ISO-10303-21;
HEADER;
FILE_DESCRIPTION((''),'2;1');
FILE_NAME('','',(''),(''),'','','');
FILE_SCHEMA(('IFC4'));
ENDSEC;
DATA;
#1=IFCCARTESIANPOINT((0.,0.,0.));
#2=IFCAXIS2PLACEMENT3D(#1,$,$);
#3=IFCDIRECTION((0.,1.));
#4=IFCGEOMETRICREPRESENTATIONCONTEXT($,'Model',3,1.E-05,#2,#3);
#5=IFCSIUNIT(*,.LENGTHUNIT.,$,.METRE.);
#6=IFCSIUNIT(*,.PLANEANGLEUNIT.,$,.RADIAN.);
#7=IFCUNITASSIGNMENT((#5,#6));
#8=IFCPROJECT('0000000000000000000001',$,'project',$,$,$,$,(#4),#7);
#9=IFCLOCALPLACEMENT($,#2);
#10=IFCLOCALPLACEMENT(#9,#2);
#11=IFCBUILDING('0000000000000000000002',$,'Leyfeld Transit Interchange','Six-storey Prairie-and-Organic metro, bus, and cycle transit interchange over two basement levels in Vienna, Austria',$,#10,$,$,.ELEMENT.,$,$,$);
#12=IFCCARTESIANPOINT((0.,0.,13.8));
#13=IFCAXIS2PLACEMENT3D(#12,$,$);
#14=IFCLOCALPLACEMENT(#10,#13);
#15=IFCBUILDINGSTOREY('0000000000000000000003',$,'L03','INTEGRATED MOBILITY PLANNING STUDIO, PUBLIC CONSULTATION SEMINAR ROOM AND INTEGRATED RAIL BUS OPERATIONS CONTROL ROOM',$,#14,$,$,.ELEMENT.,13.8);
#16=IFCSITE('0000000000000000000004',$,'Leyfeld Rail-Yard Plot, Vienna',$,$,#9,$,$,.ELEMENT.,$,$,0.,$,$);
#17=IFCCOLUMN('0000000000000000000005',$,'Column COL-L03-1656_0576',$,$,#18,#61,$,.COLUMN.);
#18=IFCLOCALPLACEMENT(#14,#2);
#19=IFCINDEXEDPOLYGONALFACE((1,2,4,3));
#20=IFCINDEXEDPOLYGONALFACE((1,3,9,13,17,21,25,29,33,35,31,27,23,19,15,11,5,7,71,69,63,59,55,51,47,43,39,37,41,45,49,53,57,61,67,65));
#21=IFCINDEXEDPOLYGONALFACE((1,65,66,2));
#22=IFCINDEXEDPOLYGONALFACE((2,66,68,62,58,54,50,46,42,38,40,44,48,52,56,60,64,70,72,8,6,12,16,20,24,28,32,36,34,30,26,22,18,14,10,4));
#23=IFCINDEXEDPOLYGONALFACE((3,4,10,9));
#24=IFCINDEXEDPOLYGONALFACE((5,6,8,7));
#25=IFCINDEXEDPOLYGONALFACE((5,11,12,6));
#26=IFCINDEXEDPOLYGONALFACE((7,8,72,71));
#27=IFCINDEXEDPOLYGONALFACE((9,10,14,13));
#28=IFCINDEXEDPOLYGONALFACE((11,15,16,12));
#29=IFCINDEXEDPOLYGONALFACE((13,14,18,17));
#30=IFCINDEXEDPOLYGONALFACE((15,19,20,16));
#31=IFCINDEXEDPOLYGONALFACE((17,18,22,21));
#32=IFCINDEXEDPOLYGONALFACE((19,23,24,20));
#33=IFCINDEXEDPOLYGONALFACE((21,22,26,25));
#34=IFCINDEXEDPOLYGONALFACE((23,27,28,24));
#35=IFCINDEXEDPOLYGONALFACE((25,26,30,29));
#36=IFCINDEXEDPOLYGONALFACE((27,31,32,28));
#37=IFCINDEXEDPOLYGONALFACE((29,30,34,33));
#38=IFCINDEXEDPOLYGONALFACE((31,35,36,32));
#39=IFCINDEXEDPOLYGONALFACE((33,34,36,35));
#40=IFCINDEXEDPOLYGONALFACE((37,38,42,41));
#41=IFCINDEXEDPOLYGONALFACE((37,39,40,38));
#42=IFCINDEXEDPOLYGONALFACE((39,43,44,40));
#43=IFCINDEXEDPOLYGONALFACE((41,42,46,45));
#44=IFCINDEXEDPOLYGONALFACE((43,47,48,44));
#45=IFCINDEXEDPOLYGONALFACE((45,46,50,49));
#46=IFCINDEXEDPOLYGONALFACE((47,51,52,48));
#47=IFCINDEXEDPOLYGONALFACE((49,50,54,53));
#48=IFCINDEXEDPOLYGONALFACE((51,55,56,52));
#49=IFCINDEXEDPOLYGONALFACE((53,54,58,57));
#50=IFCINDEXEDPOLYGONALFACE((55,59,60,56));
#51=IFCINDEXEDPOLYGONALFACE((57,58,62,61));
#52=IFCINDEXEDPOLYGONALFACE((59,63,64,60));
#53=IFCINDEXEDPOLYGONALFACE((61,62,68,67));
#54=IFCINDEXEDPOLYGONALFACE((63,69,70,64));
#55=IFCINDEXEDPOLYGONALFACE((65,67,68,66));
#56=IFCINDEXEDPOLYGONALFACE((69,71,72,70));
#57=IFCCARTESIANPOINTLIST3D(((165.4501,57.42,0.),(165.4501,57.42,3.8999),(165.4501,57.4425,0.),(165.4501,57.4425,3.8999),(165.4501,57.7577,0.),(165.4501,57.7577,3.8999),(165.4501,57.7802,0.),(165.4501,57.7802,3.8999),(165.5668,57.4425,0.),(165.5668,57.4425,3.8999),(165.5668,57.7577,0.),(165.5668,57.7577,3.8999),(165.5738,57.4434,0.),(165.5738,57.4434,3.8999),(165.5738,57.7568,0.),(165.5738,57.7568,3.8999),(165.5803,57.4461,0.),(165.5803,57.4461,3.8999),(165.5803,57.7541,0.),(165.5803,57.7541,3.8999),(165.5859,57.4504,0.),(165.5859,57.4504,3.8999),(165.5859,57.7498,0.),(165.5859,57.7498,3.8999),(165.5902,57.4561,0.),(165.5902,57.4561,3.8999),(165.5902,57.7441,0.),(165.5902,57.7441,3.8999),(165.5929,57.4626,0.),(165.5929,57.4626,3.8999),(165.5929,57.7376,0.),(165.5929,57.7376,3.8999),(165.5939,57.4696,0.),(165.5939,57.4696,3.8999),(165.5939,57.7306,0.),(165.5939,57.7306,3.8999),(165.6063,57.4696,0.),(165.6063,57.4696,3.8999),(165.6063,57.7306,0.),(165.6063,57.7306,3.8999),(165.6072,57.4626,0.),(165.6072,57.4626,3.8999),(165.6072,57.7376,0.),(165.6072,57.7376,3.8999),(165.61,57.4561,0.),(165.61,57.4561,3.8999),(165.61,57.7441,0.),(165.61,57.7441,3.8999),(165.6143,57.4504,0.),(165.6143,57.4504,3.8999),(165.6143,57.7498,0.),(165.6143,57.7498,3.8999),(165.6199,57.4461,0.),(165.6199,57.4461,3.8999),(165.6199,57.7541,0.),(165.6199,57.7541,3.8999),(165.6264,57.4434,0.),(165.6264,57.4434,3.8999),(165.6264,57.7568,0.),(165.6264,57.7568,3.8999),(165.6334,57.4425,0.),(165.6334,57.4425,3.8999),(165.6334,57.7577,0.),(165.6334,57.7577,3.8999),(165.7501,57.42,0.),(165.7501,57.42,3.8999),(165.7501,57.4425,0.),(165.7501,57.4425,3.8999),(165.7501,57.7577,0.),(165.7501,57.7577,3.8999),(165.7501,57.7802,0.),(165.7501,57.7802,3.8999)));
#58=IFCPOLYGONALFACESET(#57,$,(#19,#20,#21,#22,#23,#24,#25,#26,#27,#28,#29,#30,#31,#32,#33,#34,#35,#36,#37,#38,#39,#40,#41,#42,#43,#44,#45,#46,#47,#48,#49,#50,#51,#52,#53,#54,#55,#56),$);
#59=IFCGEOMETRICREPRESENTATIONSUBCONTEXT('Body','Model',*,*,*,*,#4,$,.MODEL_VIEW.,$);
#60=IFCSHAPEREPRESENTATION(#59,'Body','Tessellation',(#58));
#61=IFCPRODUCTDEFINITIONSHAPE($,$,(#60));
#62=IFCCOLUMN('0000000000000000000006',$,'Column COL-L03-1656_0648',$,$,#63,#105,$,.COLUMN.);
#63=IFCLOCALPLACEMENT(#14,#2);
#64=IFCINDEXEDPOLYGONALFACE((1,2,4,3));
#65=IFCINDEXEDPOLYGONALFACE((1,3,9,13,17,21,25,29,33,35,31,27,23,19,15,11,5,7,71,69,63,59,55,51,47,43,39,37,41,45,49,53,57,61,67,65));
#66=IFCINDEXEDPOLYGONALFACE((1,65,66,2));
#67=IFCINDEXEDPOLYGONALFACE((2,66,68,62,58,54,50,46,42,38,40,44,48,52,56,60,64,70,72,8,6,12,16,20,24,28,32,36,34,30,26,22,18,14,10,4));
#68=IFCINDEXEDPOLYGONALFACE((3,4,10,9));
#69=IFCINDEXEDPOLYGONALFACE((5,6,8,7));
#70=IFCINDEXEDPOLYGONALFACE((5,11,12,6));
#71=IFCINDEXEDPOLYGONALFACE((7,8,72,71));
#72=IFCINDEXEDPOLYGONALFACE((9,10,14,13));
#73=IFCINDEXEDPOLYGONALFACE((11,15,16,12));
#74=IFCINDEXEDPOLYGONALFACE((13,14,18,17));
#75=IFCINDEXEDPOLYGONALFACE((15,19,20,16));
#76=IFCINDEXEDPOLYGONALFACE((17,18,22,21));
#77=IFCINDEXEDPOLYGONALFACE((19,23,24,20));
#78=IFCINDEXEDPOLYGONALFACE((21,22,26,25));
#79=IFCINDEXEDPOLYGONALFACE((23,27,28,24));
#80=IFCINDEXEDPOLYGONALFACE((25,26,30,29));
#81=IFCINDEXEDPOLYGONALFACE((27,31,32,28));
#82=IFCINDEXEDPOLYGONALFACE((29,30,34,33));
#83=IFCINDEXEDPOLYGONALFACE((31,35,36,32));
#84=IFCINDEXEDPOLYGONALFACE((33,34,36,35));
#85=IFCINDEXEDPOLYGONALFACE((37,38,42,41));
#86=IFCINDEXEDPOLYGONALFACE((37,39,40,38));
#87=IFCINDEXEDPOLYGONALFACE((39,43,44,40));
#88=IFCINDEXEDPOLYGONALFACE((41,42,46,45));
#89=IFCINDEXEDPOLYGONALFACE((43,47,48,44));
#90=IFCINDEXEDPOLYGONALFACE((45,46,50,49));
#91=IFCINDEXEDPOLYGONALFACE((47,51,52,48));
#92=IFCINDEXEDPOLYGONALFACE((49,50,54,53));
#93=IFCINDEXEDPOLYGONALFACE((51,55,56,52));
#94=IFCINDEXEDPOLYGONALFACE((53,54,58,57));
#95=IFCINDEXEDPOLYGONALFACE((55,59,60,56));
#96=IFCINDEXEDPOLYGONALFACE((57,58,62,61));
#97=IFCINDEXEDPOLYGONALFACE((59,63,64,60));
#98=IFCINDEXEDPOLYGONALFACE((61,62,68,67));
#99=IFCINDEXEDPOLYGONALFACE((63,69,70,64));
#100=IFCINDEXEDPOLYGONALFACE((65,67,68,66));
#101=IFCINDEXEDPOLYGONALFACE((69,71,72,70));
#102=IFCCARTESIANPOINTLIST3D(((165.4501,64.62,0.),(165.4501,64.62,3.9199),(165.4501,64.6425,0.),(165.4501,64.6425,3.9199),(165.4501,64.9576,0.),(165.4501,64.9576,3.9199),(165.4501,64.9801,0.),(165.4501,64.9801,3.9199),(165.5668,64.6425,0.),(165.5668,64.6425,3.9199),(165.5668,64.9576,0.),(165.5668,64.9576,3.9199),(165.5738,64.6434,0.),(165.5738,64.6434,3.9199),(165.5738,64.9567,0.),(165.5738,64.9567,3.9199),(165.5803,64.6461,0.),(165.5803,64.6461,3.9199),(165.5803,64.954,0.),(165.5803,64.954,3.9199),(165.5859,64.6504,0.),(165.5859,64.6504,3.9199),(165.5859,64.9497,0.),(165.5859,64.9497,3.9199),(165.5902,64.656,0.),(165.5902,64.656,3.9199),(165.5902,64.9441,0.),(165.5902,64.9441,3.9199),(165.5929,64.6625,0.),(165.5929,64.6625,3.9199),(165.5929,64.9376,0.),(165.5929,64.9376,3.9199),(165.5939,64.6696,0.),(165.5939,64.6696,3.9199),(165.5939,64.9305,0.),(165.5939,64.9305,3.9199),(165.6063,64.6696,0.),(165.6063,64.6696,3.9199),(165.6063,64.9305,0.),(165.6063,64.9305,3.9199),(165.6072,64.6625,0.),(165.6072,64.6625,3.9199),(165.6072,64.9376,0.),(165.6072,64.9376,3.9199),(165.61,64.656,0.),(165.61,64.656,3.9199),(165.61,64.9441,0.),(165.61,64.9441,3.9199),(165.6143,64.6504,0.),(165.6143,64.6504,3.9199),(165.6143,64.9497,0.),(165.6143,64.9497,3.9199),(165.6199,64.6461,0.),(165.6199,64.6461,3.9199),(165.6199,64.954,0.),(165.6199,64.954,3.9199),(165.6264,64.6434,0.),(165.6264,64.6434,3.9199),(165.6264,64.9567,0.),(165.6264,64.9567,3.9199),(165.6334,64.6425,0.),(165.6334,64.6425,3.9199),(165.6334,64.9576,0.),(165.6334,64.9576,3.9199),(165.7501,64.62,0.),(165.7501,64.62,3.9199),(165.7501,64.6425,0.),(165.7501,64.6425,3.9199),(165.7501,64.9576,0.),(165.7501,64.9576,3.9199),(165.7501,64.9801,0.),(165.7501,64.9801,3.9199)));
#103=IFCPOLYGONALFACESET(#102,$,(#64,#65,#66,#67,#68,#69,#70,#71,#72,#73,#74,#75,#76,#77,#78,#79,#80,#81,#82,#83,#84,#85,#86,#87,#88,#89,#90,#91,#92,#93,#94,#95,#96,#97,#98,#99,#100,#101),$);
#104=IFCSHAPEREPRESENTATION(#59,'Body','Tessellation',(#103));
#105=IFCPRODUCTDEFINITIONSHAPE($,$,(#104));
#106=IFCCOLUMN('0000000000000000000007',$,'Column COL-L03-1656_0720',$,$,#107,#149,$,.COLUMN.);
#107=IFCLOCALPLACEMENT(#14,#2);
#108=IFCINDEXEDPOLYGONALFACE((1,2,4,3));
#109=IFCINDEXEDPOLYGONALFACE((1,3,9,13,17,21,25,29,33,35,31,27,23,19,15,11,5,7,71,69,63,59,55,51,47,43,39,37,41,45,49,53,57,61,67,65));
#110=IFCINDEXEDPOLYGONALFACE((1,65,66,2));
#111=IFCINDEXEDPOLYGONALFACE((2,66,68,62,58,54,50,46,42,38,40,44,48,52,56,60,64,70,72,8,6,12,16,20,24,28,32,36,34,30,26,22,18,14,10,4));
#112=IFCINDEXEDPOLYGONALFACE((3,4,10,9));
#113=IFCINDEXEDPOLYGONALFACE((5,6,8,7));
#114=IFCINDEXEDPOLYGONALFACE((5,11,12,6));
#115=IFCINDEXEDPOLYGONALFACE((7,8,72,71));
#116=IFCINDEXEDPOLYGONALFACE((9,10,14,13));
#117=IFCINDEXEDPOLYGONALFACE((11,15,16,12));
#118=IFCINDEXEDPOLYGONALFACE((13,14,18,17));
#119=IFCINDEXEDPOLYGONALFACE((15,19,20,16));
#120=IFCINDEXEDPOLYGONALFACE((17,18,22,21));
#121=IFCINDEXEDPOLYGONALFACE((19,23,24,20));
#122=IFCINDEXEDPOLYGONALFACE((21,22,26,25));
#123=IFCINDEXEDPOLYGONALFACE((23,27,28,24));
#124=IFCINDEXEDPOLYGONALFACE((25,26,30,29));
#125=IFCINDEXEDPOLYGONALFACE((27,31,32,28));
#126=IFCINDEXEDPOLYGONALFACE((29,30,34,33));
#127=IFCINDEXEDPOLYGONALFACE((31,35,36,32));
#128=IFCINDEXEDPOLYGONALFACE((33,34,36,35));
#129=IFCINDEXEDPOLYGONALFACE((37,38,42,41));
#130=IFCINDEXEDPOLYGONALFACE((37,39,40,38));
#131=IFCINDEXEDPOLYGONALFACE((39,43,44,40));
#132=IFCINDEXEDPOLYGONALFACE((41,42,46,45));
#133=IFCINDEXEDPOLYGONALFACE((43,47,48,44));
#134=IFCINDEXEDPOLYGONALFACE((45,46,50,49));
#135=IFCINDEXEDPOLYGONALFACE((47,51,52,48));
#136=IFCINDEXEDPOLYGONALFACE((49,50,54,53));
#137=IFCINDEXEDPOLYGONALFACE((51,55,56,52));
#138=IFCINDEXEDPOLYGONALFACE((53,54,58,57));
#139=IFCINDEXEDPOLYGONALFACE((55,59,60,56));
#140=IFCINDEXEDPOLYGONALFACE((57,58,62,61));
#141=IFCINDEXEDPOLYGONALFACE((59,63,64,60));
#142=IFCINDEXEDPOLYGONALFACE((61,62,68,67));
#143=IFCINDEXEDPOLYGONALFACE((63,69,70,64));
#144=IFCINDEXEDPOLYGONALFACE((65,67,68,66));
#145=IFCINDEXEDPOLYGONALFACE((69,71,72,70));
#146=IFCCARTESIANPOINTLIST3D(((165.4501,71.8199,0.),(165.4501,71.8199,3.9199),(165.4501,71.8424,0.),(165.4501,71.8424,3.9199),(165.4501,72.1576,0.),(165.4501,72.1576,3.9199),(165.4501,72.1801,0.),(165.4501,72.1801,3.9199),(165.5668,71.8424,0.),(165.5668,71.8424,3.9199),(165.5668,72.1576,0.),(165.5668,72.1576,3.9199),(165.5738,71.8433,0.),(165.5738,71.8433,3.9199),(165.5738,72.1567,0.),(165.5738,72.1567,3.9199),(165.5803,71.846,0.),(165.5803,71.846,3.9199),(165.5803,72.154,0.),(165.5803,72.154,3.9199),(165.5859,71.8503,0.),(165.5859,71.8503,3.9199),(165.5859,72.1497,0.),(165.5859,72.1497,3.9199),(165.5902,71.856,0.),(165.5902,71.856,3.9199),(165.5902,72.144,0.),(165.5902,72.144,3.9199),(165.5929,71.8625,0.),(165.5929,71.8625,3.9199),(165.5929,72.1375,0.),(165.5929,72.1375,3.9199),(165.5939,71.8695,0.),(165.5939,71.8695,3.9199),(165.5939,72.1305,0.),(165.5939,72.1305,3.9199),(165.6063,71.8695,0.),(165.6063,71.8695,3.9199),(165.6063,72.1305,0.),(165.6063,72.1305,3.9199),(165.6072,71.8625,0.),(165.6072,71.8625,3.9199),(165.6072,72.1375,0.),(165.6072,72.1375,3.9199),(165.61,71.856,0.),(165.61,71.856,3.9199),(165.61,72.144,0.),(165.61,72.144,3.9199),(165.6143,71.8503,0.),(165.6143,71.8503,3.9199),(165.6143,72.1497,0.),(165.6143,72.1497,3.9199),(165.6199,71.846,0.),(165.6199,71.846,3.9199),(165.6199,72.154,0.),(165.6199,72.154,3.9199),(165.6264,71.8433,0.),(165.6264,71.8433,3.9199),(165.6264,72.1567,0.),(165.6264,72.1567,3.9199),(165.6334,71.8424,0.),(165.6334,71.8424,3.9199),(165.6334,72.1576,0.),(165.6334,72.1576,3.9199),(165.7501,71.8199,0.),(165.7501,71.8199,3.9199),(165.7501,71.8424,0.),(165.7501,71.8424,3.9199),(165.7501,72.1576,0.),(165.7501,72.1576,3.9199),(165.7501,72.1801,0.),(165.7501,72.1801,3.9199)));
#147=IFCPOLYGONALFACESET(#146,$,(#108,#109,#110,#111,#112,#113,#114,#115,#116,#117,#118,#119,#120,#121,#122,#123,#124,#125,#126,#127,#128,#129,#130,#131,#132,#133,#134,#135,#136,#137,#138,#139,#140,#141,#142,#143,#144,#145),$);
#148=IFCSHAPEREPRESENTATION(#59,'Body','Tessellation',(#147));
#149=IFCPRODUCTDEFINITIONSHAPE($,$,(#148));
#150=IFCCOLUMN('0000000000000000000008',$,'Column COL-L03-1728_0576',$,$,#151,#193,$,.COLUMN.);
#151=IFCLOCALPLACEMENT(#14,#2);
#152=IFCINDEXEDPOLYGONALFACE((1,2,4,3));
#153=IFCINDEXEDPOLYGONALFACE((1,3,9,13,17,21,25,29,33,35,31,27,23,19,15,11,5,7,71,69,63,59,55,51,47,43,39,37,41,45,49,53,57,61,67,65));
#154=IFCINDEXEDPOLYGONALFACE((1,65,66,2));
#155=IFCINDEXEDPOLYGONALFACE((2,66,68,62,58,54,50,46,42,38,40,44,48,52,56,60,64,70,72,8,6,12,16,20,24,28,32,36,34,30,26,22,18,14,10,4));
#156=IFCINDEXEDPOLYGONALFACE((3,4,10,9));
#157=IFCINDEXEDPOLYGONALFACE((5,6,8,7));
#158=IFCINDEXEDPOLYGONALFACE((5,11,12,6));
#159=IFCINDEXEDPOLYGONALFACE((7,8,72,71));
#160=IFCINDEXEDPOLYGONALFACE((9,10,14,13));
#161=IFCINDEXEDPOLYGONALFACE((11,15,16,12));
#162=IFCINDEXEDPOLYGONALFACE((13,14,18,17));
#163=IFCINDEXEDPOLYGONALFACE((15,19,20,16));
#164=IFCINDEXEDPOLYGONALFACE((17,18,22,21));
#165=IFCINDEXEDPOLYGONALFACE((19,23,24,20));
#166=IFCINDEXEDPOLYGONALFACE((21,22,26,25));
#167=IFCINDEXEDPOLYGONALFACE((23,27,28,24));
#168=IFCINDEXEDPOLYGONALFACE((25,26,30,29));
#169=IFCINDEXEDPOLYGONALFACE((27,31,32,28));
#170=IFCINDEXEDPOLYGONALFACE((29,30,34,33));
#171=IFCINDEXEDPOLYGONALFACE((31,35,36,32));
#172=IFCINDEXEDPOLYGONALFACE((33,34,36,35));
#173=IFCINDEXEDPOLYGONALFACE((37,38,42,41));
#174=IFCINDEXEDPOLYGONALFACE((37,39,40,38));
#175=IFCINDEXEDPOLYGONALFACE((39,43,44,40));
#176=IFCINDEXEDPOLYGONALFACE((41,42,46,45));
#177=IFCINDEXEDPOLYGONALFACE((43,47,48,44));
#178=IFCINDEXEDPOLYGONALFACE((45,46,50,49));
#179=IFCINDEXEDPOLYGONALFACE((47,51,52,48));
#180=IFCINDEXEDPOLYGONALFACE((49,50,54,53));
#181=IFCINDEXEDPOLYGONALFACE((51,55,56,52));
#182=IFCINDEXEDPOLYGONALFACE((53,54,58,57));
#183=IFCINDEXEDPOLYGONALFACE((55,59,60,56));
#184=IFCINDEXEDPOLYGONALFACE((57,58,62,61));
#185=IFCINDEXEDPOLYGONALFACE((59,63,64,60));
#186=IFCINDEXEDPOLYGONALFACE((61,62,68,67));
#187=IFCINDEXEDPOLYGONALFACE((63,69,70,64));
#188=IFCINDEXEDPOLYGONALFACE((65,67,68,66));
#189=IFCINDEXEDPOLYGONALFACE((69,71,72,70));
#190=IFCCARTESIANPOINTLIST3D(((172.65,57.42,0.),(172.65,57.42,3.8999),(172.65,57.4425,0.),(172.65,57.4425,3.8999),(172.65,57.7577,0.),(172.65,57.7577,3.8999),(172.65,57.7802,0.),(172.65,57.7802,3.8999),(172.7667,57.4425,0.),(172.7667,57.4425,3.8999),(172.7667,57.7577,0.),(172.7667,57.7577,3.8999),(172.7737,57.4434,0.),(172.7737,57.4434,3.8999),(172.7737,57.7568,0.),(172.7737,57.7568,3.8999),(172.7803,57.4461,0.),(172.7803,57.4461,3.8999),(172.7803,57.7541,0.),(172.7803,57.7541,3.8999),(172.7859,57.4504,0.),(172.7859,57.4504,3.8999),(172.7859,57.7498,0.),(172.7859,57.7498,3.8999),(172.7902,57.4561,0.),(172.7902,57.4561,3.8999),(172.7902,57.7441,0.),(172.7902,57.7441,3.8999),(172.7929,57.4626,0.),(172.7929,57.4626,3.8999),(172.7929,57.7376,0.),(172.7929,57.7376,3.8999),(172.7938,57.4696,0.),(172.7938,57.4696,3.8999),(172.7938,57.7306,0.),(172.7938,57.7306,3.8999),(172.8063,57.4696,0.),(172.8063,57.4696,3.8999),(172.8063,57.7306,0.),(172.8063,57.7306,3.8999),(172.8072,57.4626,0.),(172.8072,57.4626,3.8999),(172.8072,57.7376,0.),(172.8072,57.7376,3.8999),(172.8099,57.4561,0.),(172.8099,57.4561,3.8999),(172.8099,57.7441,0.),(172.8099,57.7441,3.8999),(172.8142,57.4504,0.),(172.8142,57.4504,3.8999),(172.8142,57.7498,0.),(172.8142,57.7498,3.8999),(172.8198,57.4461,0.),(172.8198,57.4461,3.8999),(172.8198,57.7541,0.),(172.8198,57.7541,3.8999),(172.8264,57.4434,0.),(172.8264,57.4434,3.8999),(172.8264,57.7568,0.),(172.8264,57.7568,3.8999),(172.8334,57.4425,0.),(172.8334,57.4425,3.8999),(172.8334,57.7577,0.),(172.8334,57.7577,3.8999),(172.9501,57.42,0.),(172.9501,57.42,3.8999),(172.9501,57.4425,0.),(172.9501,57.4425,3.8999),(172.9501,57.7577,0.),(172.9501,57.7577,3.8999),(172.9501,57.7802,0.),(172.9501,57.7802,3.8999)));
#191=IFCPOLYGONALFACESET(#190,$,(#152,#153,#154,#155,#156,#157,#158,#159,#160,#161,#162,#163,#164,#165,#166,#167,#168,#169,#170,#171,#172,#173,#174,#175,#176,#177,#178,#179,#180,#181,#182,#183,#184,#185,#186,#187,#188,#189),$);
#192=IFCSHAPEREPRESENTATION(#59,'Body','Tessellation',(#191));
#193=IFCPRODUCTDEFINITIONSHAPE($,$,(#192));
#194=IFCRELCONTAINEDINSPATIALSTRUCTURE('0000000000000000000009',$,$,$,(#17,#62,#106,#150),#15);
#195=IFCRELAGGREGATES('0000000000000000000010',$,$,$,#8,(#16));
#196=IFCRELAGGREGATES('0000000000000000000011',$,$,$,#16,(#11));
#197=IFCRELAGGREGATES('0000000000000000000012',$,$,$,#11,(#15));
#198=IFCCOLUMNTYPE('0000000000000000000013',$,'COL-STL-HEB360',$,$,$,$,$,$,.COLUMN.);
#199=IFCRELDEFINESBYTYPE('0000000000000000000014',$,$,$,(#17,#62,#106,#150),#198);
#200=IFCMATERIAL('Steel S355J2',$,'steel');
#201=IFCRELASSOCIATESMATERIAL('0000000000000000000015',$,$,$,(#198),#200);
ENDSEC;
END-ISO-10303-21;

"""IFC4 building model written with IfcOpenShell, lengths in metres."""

from ifc_helpers import new_model, si_unit, direction, frame, origin, origin_2d, place, context, subcontext, project, spatial, i_section, extrude, material, material_profile, profile_set, type_object, element, save


model = new_model("IFC4")

# Units and contexts
model_context = context("Model", 3, precision=1e-05, world=origin(), true_north=direction((0.0, 1.0)))
body_context = subcontext(model_context, "Body", "Model", "MODEL_VIEW")
ifc_project = project(units=[si_unit("LENGTHUNIT", "METRE"), si_unit("PLANEANGLEUNIT", "RADIAN")], contexts=[model_context])

# Site, building, storey
site_placement = place(None, origin())
site = spatial("IfcSite", under=ifc_project, at=site_placement, Name="Leyfeld Rail-Yard Plot, Vienna", CompositionType="ELEMENT", RefElevation=0.0)
building_placement = place(site_placement, origin())
building = spatial("IfcBuilding", under=site, at=building_placement, Name="Leyfeld Transit Interchange", Description="Six-storey Prairie-and-Organic metro, bus, and cycle transit interchange over two basement levels in Vienna, Austria", CompositionType="ELEMENT")
storey_placement = place(building_placement, frame((0.0, 0.0, 13.8)))
storey = spatial("IfcBuildingStorey", under=building, at=storey_placement, Name="L03", Description="INTEGRATED MOBILITY PLANNING STUDIO, PUBLIC CONSULTATION SEMINAR ROOM AND INTEGRATED RAIL BUS OPERATIONS CONTROL ROOM", CompositionType="ELEMENT", Elevation=13.8)

# Columns
ifc_material_1 = material(Name="Steel S355J2", Category="steel")
ifc_material_profile_1 = material_profile(ifc_material_1, i_section(OverallWidth=0.3, OverallDepth=0.3601, WebThickness=0.0125, FlangeThickness=0.0225, FilletRadius=0.0271, at=origin_2d()), Name="HEB 360")
ifc_profile_set_1 = profile_set([ifc_material_profile_1], Name="Steel S355J2")
column_type = type_object("IfcColumnType", Name="COL-STL-HEB360", PredefinedType="COLUMN", material=ifc_profile_set_1)
column_1_placement = place(storey_placement, frame((165.6001, 57.6001, 0.0), z_axis=(0.0, 0.0, 1.0), x_axis=(1.0, 0.0, 0.0)))
element("IfcColumn", 1, at=column_1_placement, inside=storey, type_object=column_type, Name="Column COL-L03-1656_0576", PredefinedType="COLUMN", context=body_context, shape_type="SweptSolid", body=[
    extrude(i_section(OverallWidth=0.3, OverallDepth=0.3601, WebThickness=0.0125, FlangeThickness=0.0225, FilletRadius=0.0271, at=origin_2d()), origin(), (0.0, 0.0, 1.0), 3.8999),
])
for number, where, z_axis, x_axis, name in (
    (2, (165.6001, 64.8, 0.0), (0.0, 0.0, 1.0), (1.0, 0.0, 0.0), "Column COL-L03-1656_0648"),
    (3, (165.6001, 72.0, 0.0), (0.0, 0.0, 1.0), (1.0, 0.0, 0.0), "Column COL-L03-1656_0720"),
):
    element("IfcColumn", number, at=place(storey_placement, frame(where, z_axis=z_axis, x_axis=x_axis)), inside=storey, type_object=column_type, Name=name, PredefinedType="COLUMN", context=body_context, shape_type="SweptSolid", body=[
        extrude(i_section(OverallWidth=0.3, OverallDepth=0.3601, WebThickness=0.0125, FlangeThickness=0.0225, FilletRadius=0.0271, at=origin_2d()), origin(), (0.0, 0.0, 1.0), 3.9199),
    ])
column_2_placement = place(storey_placement, frame((172.8, 57.6001, 0.0), z_axis=(0.0, 0.0, 1.0), x_axis=(1.0, 0.0, 0.0)))
element("IfcColumn", 4, at=column_2_placement, inside=storey, type_object=column_type, Name="Column COL-L03-1728_0576", PredefinedType="COLUMN", context=body_context, shape_type="SweptSolid", body=[
    extrude(i_section(OverallWidth=0.3, OverallDepth=0.3601, WebThickness=0.0125, FlangeThickness=0.0225, FilletRadius=0.0271, at=origin_2d()), origin(), (0.0, 0.0, 1.0), 3.8999),
])

save(model, "model.ifc")
